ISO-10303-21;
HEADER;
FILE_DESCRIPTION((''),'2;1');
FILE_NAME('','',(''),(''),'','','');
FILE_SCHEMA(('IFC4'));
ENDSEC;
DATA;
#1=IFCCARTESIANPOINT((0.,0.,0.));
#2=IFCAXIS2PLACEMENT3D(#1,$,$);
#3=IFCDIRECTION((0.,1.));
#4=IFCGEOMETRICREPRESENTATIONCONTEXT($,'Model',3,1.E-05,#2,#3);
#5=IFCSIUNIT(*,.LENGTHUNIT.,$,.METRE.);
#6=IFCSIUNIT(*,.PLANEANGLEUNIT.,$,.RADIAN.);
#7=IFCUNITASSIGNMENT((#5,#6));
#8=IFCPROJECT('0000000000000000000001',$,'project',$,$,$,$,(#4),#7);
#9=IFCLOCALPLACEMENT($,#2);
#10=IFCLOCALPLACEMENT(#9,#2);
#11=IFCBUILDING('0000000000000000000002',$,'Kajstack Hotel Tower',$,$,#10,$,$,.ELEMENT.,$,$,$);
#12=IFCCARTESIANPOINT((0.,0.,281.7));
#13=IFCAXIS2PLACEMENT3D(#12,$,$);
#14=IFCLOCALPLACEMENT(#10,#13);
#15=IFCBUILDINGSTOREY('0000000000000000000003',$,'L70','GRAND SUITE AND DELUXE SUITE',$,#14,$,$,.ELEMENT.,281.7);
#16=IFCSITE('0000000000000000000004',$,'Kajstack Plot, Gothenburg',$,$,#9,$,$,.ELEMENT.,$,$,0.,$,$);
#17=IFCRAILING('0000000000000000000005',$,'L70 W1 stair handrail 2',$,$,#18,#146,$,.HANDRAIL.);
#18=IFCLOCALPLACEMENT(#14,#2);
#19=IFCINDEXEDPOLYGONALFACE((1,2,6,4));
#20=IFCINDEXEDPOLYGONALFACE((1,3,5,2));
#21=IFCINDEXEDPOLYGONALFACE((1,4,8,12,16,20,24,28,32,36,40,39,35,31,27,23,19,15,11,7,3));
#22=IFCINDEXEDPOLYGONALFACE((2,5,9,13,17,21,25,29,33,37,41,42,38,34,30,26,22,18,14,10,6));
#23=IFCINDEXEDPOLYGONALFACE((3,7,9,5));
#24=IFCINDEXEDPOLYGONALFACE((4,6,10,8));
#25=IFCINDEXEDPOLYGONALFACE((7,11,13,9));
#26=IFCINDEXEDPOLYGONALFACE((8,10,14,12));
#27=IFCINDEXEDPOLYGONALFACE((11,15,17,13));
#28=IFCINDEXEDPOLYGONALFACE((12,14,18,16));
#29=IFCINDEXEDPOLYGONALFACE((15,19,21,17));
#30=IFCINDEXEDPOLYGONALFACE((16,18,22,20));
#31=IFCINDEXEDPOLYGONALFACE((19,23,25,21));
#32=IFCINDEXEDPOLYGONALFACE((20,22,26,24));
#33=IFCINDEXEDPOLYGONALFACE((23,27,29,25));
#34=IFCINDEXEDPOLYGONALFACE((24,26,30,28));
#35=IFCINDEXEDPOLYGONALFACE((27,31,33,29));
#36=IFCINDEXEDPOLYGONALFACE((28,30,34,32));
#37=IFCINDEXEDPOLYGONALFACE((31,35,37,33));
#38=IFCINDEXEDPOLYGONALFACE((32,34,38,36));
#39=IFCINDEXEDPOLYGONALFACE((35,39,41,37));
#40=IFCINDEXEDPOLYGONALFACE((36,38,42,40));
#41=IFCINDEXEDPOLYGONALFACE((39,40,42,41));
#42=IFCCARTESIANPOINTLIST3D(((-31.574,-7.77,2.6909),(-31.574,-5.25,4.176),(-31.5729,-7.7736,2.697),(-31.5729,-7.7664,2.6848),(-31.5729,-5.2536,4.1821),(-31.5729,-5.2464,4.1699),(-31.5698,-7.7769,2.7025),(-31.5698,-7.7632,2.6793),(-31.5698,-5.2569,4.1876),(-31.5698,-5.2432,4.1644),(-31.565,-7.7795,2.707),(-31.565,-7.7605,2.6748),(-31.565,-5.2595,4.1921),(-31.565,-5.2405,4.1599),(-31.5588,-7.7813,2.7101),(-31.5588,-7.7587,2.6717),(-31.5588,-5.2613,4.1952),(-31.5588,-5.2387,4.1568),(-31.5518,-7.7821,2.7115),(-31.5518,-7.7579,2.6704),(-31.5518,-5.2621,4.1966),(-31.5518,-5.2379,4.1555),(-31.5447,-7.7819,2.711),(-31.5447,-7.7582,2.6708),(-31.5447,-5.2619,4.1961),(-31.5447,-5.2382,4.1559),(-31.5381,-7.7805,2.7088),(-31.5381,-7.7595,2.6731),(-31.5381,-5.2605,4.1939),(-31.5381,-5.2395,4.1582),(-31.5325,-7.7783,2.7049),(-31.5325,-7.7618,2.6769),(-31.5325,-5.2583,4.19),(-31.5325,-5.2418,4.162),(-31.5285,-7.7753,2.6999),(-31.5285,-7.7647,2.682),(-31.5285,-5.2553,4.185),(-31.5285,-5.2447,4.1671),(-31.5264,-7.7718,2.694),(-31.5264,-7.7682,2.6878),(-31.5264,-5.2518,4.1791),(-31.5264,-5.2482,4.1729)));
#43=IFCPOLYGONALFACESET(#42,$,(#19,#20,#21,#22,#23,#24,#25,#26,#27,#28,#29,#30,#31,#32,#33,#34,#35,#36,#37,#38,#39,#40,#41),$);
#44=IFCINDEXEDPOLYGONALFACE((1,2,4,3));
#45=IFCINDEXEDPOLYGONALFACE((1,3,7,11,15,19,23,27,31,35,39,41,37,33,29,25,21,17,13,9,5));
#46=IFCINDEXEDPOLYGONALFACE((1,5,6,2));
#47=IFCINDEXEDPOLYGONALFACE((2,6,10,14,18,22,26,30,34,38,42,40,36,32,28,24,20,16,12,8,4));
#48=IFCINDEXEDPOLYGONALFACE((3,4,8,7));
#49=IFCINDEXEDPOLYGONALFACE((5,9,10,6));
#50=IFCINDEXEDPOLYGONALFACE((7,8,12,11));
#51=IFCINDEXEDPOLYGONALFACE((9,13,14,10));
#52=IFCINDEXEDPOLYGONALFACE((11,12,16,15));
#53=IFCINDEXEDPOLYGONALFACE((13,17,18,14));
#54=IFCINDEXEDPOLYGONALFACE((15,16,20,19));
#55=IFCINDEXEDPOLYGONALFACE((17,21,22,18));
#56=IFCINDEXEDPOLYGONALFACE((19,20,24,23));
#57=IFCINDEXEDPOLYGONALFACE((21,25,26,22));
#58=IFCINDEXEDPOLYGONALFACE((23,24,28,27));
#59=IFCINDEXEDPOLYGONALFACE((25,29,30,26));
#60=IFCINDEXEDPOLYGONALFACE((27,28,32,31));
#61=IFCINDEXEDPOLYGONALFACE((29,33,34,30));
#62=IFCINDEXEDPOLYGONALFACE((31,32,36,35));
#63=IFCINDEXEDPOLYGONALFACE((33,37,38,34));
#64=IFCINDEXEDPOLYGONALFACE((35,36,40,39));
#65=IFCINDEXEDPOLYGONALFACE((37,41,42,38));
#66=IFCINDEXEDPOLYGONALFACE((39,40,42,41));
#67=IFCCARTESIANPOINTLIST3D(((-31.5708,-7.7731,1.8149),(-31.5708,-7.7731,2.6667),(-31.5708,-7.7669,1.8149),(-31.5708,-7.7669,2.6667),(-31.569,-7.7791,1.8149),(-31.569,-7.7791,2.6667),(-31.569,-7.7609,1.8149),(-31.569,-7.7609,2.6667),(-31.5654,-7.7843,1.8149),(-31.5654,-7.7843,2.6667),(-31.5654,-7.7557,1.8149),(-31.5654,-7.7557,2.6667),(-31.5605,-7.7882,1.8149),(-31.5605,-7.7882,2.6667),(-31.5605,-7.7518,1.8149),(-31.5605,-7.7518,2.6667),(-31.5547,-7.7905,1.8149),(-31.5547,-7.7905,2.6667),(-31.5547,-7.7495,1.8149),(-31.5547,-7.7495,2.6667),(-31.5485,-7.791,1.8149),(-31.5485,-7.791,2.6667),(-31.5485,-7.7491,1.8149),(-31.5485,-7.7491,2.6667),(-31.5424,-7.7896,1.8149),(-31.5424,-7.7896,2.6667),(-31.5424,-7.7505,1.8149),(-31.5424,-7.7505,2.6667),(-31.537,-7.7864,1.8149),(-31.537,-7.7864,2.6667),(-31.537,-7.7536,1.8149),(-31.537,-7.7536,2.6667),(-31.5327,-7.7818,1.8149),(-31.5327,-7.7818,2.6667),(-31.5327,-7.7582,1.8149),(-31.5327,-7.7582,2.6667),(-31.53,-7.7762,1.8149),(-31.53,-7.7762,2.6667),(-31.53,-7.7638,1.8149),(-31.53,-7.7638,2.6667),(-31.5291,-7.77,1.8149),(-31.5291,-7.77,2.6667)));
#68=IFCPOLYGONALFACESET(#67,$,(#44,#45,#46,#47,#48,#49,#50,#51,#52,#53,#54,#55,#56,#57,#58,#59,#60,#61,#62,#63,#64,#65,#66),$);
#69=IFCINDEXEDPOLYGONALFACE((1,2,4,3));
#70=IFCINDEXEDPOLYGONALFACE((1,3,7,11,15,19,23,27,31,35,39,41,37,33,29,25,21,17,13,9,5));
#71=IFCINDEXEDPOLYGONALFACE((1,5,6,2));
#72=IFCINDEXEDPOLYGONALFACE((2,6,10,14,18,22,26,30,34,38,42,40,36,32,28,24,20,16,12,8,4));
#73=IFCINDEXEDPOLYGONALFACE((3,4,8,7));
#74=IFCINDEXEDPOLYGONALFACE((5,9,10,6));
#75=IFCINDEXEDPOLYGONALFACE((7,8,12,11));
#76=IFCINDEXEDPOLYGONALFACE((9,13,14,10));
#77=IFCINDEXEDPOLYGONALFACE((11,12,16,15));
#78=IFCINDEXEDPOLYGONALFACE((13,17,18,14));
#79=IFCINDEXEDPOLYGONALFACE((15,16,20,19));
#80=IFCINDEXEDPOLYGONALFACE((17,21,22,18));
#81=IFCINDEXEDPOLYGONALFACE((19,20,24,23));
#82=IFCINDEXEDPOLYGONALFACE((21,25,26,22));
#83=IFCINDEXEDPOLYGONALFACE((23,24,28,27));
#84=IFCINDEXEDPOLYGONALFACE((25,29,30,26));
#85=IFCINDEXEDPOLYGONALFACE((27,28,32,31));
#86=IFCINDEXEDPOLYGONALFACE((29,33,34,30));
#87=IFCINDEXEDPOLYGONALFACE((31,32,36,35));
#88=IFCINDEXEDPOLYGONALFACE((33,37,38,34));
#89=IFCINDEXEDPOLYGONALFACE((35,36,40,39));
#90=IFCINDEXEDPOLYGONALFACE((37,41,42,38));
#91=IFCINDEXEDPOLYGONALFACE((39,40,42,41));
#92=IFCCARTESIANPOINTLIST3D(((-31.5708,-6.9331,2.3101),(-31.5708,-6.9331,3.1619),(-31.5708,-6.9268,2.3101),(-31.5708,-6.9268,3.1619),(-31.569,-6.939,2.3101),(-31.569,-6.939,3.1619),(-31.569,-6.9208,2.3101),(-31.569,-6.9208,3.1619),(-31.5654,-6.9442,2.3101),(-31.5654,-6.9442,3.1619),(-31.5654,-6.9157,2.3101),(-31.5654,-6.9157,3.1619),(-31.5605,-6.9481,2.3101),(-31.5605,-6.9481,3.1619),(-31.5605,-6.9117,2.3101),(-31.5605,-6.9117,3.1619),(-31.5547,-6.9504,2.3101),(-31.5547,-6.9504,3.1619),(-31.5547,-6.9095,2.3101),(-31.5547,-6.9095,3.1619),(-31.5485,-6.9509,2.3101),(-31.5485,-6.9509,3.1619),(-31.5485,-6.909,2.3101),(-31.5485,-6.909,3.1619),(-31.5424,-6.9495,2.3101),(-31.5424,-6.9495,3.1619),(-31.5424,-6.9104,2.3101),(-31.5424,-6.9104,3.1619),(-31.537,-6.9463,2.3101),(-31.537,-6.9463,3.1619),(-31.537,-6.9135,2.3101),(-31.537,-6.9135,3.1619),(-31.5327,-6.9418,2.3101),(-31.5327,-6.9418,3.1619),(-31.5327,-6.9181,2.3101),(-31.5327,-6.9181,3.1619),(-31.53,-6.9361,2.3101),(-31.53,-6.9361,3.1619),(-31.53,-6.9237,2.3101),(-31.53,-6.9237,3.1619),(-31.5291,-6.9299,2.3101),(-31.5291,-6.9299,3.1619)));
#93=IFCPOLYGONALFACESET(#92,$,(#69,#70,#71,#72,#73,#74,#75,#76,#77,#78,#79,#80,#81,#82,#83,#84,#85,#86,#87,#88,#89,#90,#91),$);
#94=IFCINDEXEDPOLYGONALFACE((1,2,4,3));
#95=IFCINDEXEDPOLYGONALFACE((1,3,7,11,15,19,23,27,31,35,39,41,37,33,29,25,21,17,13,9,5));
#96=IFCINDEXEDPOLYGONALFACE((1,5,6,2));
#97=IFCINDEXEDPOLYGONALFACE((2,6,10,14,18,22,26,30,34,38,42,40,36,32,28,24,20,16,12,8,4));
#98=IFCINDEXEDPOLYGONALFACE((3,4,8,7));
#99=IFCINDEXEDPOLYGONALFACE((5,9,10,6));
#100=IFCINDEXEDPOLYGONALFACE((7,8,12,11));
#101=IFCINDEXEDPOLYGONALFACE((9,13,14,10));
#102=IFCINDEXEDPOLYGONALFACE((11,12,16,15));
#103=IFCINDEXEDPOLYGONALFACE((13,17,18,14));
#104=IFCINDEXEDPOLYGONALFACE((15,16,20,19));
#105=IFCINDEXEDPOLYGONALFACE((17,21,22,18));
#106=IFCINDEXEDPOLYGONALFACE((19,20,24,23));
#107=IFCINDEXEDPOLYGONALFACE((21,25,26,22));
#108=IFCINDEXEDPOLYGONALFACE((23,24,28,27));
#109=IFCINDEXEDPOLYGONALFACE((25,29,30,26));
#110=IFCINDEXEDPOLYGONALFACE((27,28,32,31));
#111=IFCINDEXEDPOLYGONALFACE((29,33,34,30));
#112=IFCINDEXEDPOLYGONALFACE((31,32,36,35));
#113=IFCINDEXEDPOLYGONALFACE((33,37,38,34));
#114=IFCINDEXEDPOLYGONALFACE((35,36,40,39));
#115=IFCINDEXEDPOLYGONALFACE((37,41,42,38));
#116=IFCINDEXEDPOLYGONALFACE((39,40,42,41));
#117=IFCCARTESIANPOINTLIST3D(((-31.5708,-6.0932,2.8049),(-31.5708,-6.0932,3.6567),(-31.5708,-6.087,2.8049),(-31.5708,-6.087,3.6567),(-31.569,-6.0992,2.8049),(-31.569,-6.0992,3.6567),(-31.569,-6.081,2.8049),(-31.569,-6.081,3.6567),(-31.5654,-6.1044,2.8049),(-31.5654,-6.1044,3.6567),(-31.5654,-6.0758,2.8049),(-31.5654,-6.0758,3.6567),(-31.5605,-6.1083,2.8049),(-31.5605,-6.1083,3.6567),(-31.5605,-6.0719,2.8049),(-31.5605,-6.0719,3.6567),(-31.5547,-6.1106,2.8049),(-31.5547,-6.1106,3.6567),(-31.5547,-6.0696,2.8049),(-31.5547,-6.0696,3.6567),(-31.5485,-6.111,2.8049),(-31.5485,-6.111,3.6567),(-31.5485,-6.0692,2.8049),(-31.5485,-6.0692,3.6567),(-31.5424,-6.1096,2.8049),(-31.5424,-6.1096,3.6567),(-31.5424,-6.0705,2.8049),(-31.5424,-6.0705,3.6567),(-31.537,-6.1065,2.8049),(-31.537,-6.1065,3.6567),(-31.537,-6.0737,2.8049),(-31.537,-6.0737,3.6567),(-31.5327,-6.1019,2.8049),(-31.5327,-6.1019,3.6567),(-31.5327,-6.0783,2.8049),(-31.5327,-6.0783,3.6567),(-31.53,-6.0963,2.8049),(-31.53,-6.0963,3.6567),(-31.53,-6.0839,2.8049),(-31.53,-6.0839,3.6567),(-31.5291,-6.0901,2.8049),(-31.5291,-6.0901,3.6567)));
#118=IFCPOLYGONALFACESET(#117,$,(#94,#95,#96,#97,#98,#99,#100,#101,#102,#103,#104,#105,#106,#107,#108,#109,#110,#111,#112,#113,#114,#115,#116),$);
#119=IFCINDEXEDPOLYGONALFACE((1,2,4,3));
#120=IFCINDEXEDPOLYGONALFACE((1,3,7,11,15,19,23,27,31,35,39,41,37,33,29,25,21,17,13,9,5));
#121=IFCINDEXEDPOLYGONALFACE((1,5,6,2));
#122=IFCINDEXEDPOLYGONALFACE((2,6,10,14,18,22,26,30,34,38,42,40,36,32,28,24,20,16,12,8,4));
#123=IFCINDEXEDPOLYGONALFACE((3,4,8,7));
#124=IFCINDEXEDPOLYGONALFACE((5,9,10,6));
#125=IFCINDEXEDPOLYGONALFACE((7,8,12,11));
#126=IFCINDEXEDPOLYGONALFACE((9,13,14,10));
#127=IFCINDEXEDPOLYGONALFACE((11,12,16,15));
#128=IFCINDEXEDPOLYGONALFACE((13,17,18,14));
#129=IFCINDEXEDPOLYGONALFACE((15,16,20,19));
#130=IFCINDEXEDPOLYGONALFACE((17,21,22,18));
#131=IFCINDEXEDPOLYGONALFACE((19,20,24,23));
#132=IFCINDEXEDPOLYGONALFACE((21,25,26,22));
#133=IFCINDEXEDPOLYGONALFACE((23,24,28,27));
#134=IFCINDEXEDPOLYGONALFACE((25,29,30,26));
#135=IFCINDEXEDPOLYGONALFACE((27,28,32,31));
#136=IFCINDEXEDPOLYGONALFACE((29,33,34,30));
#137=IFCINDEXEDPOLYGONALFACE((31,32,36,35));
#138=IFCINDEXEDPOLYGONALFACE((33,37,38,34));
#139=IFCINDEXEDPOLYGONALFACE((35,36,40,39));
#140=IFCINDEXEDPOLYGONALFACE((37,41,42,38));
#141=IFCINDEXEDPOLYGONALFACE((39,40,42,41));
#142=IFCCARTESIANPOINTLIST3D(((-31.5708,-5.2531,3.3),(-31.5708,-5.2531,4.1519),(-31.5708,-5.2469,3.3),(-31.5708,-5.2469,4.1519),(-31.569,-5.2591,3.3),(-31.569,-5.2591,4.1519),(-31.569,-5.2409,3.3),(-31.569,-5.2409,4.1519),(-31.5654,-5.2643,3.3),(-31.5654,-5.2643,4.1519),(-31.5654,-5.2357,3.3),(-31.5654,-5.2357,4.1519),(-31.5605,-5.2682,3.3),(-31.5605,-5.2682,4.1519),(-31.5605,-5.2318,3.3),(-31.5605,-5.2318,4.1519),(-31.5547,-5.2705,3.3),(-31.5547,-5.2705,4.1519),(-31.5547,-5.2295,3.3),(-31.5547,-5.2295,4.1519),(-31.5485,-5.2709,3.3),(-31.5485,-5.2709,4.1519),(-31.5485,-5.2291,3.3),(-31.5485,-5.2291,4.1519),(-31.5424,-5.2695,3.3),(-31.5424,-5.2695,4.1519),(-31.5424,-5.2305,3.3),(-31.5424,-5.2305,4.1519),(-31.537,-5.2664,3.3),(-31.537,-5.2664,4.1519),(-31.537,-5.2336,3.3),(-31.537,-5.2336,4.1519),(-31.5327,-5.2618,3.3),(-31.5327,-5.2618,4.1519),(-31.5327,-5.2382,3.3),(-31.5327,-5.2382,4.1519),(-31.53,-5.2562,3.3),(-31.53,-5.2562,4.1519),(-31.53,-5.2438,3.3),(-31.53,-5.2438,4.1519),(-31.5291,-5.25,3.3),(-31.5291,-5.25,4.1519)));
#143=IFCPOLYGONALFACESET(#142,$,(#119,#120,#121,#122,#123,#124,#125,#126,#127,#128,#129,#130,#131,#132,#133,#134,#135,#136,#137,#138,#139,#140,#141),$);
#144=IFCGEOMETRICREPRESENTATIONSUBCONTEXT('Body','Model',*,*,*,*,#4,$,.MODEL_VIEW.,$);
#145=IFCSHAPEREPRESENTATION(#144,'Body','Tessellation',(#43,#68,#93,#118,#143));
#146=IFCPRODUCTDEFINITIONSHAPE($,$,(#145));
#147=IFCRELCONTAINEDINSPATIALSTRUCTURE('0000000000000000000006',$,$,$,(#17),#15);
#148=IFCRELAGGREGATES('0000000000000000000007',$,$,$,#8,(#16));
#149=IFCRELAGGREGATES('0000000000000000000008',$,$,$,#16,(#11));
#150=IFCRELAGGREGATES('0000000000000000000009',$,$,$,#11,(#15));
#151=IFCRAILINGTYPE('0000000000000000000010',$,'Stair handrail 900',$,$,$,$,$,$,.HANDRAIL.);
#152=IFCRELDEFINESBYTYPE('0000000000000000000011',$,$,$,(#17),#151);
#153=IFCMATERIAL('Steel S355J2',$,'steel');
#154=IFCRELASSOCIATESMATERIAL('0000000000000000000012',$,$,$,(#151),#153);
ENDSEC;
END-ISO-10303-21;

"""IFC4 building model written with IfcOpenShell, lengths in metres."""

from ifc_helpers import new_model, si_unit, direction, frame, origin, origin_2d, place, context, subcontext, project, spatial, circle, extrude, material, type_object, element, save


model = new_model("IFC4")

# Units and contexts
model_context = context("Model", 3, precision=1e-05, world=origin(), true_north=direction((0.0, 1.0)))
body_context = subcontext(model_context, "Body", "Model", "MODEL_VIEW")
ifc_project = project(units=[si_unit("LENGTHUNIT", "METRE"), si_unit("PLANEANGLEUNIT", "RADIAN")], contexts=[model_context])

# Site, building, storey
site_placement = place(None, origin())
site = spatial("IfcSite", under=ifc_project, at=site_placement, Name="Kajstack Plot, Gothenburg", CompositionType="ELEMENT", RefElevation=0.0)
building_placement = place(site_placement, origin())
building = spatial("IfcBuilding", under=site, at=building_placement, Name="Kajstack Hotel Tower", CompositionType="ELEMENT")
storey_placement = place(building_placement, frame((0.0, 0.0, 281.7)))
storey = spatial("IfcBuildingStorey", under=building, at=storey_placement, Name="L70", Description="GRAND SUITE AND DELUXE SUITE", CompositionType="ELEMENT", Elevation=281.7)

# Railing
ifc_material_1 = material(Name="Steel S355J2", Category="steel")
railing_type_1 = type_object("IfcRailingType", Name="Stair handrail 900", PredefinedType="HANDRAIL", material=ifc_material_1)
railing_1_placement = place(storey_placement, frame((-31.55, -7.77, 1.8149)))
element("IfcRailing", 1, at=railing_1_placement, inside=storey, type_object=railing_type_1, Name="L70 W1 stair handrail 2", PredefinedType="HANDRAIL", context=body_context, shape_type="SweptSolid", body=[
    extrude(circle(Radius=0.0239, at=origin_2d()), frame((0.0, 0.0, 0.876), z_axis=(0.0, 0.861524, 0.507717), x_axis=(-1.0, 0.0, 0.0)), (0.0, 0.0, 1.0), 2.925),
    extrude(circle(Radius=0.021, at=origin_2d()), origin(), (0.0, 0.0, 1.0), 0.8518),
    extrude(circle(Radius=0.021, at=origin_2d()), frame((0.0, 0.8401, 0.4951)), (0.0, 0.0, 1.0), 0.8518),
    extrude(circle(Radius=0.021, at=origin_2d()), frame((0.0, 1.6799, 0.99)), (0.0, 0.0, 1.0), 0.8518),
    extrude(circle(Radius=0.021, at=origin_2d()), frame((0.0, 2.52, 1.4851)), (0.0, 0.0, 1.0), 0.8518),
])

save(model, "model.ifc")
